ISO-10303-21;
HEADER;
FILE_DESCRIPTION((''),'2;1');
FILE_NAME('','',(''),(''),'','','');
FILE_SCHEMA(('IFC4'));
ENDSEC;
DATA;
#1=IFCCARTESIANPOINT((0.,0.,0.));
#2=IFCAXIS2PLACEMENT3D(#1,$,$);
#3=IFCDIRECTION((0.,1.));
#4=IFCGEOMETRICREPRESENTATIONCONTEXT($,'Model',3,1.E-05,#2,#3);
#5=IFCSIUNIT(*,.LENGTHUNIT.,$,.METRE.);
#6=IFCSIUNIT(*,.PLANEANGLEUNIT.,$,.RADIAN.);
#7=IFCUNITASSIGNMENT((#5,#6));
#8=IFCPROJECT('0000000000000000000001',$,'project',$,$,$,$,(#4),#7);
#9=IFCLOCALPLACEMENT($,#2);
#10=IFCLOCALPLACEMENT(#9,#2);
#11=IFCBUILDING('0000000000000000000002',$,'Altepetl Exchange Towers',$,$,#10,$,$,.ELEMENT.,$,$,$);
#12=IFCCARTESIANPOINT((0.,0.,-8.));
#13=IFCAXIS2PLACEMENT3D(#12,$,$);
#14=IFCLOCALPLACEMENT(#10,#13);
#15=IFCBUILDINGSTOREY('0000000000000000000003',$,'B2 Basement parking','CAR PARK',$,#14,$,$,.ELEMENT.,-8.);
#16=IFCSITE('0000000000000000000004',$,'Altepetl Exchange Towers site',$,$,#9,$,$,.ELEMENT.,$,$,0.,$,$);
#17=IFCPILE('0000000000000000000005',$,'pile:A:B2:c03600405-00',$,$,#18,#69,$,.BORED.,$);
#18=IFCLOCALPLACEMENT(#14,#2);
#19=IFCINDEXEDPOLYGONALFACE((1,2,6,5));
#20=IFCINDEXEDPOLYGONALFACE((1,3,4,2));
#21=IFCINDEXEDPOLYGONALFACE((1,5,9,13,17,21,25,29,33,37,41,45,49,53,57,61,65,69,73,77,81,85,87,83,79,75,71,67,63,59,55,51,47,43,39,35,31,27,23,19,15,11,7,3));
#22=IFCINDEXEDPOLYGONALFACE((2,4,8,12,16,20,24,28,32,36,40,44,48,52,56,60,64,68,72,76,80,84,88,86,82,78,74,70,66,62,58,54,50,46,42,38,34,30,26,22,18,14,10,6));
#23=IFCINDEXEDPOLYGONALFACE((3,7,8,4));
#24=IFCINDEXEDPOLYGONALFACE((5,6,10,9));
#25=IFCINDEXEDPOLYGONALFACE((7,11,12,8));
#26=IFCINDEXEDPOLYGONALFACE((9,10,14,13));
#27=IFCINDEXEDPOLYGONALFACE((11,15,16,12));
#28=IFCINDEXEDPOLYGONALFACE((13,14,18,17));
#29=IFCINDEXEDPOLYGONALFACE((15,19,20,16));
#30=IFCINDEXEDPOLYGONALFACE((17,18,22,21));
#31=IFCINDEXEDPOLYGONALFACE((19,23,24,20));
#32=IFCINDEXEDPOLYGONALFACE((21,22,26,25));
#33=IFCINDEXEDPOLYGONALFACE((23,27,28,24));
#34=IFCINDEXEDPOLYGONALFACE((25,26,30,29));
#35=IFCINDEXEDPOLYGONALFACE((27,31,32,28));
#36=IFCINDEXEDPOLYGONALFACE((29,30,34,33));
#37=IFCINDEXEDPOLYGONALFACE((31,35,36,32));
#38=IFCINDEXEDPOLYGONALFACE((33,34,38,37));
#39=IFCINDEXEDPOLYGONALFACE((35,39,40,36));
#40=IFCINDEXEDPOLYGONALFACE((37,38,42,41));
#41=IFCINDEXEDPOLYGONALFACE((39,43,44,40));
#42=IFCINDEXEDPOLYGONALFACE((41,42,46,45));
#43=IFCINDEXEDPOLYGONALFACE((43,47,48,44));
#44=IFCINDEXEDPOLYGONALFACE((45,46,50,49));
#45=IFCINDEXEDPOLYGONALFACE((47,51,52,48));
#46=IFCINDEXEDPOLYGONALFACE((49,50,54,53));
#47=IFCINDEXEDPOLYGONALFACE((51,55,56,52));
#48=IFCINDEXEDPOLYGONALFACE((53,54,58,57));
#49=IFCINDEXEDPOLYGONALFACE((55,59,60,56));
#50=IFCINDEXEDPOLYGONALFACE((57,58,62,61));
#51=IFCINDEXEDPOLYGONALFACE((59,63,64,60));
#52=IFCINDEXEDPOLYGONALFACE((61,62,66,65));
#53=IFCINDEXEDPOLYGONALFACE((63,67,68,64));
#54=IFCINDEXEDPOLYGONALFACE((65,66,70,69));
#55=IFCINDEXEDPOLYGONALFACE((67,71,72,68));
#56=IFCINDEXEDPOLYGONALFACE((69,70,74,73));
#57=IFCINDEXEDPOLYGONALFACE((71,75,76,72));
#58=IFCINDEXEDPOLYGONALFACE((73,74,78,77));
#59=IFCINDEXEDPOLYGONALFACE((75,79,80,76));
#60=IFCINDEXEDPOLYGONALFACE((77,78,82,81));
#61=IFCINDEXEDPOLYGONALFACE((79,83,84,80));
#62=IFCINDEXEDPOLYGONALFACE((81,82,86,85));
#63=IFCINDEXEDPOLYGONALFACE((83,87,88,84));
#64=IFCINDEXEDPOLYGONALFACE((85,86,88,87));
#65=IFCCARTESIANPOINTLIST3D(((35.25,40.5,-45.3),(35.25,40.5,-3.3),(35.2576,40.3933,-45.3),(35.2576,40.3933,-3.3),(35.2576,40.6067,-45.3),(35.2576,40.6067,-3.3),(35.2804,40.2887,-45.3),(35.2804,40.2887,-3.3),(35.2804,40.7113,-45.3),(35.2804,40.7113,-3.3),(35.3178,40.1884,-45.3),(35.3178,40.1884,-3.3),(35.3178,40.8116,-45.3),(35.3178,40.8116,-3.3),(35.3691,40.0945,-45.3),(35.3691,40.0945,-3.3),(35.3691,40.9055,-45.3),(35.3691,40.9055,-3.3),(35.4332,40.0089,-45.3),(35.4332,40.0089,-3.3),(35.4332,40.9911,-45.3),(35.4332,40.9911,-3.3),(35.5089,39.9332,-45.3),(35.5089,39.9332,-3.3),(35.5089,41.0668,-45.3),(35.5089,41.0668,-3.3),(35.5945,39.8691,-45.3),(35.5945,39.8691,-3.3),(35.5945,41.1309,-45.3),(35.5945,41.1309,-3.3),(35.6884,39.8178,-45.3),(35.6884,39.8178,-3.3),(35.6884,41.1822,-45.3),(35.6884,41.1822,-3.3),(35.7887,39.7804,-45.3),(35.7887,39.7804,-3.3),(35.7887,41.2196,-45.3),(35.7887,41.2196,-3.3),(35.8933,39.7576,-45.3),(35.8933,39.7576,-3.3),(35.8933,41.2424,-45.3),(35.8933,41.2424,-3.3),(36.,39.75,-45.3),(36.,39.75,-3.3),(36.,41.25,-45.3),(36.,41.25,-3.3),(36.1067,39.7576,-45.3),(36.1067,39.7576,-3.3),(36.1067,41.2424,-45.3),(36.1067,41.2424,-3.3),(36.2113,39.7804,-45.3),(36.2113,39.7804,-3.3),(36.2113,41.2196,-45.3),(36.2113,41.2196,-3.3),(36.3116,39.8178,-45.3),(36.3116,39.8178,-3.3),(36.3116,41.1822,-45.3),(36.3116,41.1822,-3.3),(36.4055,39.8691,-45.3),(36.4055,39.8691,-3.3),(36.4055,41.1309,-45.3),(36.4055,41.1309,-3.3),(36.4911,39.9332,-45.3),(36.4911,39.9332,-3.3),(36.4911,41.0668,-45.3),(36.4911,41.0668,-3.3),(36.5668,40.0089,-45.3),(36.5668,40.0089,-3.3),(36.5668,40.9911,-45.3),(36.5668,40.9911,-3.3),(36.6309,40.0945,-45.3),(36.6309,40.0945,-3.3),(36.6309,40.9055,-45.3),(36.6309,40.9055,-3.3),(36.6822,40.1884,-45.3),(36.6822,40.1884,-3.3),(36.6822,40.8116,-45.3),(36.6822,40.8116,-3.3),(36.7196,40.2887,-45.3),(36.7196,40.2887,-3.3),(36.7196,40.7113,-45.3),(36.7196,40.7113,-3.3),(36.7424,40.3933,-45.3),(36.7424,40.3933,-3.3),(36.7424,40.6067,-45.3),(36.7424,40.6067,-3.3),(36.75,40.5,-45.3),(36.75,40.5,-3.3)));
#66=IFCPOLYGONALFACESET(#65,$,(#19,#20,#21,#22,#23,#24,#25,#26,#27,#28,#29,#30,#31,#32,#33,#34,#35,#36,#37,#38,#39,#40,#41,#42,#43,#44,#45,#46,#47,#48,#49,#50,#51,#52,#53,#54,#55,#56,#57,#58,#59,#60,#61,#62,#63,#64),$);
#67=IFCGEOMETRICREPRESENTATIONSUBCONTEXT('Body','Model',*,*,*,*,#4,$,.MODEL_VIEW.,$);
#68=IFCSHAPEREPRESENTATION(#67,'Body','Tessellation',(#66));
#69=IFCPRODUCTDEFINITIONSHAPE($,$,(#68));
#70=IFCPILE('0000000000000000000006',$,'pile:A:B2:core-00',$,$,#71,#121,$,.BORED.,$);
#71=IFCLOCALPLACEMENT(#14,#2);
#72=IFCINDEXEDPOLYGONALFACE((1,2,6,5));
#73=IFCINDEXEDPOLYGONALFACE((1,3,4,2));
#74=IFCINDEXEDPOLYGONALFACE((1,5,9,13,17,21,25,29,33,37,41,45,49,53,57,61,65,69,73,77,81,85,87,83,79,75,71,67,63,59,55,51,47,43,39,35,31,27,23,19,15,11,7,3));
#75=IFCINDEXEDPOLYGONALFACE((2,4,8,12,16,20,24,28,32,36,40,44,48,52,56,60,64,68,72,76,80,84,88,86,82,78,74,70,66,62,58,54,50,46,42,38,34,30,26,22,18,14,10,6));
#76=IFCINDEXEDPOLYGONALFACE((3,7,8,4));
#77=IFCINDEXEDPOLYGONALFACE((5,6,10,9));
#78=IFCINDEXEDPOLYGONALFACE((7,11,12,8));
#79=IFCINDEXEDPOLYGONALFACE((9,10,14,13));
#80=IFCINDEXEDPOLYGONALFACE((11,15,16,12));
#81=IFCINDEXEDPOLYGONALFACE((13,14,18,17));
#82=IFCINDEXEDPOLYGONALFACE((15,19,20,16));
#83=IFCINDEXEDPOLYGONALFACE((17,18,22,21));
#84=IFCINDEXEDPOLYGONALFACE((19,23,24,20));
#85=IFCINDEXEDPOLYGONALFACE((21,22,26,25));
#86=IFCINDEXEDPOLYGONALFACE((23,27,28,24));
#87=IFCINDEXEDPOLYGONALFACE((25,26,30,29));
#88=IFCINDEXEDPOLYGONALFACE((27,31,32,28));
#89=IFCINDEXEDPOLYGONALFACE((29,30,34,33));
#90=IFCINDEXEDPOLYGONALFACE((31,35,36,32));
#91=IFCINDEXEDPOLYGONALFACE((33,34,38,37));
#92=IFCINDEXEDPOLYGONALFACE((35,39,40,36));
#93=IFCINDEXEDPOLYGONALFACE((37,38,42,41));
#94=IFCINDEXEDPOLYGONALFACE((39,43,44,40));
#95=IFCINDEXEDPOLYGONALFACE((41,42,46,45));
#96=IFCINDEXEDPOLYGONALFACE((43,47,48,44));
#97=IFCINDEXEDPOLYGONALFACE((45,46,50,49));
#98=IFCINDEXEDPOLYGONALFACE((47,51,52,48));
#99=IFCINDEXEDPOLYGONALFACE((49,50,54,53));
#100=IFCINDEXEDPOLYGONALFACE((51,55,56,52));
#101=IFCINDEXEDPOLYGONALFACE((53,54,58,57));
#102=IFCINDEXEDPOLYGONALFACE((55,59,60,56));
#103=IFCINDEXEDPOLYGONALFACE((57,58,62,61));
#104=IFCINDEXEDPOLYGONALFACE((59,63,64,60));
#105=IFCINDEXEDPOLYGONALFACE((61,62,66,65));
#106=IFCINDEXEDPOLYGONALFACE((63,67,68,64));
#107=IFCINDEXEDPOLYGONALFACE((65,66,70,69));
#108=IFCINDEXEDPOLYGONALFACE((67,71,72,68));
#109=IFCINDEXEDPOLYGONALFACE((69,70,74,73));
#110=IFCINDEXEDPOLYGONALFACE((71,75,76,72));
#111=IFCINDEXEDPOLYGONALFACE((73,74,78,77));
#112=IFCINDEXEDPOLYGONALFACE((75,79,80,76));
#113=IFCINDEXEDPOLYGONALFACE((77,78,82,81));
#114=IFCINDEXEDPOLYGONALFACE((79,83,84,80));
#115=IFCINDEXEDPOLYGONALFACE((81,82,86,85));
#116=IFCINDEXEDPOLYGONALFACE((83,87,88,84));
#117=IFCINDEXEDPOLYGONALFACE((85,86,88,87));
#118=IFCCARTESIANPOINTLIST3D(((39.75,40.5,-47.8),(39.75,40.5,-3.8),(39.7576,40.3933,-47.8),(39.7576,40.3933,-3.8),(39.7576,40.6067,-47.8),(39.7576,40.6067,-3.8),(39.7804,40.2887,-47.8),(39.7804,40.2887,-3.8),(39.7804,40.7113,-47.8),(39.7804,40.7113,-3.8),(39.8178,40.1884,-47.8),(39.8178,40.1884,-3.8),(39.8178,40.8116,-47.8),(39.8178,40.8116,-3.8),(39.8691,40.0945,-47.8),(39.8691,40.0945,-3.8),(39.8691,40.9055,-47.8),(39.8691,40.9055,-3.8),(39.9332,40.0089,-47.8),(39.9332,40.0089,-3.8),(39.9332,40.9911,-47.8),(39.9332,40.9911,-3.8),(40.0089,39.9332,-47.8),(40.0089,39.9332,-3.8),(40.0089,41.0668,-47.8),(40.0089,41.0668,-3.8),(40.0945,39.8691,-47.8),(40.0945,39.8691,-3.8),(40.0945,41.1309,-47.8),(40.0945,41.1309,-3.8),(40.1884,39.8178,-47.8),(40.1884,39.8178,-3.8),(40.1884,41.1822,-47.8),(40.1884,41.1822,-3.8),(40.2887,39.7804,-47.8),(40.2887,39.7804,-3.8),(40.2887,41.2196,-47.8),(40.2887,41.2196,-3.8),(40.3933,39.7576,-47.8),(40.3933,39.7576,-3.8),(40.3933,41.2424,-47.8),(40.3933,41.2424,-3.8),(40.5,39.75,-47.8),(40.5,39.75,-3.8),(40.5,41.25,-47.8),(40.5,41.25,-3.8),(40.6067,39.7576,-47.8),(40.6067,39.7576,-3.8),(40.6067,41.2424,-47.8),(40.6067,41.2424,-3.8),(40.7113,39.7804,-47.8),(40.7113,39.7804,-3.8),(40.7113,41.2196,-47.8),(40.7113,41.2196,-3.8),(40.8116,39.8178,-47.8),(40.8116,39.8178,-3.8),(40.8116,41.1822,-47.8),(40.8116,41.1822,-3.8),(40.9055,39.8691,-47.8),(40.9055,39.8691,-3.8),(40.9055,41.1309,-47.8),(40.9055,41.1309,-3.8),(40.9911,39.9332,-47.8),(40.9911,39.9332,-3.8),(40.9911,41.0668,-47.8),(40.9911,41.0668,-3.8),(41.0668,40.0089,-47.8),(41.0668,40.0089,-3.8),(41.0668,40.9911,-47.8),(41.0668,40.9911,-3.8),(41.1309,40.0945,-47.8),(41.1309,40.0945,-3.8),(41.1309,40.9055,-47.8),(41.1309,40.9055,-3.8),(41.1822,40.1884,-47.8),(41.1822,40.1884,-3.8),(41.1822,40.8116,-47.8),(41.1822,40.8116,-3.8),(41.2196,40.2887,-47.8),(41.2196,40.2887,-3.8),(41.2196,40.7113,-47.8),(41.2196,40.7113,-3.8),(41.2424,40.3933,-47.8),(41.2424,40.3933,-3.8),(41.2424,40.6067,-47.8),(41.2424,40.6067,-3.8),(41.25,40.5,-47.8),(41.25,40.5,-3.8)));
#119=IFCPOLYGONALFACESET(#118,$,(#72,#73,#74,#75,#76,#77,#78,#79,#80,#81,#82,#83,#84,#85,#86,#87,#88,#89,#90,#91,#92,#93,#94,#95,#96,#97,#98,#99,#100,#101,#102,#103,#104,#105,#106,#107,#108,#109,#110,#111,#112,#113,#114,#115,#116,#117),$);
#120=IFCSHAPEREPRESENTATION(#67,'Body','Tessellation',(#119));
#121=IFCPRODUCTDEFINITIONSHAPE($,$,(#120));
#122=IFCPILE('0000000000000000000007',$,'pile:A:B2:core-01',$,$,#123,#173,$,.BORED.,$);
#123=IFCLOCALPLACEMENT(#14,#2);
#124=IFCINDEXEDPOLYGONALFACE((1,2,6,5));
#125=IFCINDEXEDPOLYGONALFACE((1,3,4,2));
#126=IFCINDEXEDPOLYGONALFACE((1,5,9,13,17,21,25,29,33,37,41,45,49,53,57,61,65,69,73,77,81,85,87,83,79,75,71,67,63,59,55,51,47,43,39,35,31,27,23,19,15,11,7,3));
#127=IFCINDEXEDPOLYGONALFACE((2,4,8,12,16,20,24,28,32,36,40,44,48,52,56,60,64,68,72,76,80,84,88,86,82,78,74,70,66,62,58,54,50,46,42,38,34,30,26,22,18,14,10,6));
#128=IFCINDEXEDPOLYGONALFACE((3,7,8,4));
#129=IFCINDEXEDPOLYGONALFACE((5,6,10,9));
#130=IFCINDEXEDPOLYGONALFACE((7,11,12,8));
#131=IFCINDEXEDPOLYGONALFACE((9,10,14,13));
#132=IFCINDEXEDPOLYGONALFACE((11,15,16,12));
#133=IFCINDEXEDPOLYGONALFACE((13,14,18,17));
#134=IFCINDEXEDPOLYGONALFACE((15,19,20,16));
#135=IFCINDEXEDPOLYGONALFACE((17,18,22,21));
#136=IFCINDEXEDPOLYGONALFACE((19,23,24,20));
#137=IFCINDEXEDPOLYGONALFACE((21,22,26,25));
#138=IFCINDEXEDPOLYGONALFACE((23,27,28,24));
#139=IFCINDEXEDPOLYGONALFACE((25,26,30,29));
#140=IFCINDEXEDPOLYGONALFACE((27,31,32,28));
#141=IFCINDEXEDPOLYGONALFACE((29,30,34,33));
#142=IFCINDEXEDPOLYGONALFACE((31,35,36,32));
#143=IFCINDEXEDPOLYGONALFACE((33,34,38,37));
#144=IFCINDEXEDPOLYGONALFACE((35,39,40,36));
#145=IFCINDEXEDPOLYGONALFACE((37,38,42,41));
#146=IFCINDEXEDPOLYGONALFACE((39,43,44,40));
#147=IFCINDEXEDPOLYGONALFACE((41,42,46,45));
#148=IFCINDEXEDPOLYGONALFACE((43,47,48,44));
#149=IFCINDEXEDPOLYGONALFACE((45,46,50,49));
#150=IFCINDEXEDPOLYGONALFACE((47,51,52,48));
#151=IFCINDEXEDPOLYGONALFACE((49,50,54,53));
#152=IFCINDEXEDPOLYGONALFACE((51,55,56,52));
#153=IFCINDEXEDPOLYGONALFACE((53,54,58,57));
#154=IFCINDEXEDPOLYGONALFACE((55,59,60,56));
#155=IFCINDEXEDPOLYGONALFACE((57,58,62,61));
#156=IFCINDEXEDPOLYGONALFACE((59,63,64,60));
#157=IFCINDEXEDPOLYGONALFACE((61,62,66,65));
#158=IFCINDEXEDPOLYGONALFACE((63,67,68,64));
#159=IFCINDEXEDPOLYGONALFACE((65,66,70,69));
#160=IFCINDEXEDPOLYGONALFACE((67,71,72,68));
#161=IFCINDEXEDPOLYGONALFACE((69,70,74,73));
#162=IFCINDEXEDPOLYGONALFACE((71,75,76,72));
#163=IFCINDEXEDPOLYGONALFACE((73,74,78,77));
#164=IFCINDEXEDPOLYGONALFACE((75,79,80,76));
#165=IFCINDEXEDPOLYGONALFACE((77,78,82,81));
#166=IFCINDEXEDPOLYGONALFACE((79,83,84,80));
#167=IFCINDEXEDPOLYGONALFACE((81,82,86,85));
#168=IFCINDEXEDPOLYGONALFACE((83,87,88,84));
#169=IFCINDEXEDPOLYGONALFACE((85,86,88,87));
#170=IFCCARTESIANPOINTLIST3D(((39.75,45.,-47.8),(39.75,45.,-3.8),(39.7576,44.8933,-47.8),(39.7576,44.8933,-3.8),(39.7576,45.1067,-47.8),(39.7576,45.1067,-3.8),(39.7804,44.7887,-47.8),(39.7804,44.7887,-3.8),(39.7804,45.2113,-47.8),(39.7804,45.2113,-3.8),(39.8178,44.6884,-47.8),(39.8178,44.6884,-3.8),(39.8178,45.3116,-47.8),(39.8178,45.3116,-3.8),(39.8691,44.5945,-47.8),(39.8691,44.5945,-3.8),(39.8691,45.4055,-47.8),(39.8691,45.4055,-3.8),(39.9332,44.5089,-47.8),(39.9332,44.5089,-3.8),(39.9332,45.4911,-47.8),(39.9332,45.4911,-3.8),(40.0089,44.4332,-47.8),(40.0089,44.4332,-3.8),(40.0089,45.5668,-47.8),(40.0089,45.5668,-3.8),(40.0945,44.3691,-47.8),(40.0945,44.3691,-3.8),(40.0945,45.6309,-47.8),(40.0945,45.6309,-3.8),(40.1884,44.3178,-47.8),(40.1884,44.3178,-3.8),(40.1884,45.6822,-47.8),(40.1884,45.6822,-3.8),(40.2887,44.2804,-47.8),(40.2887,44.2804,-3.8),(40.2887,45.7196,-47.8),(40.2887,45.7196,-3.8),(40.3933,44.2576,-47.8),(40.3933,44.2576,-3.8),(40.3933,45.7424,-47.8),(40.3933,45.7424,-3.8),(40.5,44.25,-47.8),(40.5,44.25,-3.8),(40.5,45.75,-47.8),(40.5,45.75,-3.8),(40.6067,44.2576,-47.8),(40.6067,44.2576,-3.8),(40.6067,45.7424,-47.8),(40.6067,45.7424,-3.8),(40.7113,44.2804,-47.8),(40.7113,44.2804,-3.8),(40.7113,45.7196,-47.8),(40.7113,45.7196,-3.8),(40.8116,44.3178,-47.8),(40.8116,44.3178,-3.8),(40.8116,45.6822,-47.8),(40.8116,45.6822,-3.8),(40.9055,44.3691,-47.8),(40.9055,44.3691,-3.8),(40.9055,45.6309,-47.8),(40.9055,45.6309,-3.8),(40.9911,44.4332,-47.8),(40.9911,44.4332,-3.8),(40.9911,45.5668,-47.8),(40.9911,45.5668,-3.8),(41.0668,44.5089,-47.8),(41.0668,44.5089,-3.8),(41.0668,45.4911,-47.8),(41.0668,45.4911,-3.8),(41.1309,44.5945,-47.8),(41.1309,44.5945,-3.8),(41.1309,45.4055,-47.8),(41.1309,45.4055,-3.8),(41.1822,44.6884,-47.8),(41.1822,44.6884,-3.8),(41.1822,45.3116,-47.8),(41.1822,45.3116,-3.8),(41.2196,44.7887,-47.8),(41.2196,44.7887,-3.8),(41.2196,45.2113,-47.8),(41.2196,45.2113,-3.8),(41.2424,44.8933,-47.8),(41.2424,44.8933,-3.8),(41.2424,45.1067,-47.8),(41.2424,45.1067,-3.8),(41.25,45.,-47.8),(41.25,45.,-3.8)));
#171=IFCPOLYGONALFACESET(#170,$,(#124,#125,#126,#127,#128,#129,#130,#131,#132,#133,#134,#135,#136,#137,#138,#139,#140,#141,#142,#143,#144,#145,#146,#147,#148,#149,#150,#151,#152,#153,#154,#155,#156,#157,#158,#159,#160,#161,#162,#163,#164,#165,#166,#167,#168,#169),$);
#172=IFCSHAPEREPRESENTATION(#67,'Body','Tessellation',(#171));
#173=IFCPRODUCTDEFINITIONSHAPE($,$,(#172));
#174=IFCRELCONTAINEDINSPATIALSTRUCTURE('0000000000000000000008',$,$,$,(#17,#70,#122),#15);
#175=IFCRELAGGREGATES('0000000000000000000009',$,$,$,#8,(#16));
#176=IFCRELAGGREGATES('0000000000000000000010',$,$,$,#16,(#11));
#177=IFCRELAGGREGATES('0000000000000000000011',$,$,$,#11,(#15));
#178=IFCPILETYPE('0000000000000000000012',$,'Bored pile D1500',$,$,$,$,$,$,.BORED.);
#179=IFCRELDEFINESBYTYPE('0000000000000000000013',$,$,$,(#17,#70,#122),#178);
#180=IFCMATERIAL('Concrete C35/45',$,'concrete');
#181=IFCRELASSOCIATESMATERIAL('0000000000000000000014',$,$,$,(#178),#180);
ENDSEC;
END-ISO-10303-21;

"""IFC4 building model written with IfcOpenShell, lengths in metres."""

from ifc_helpers import new_model, si_unit, direction, frame, origin, origin_2d, place, context, subcontext, project, spatial, circle, extrude, material, material_profile, profile_set, type_object, element, save


model = new_model("IFC4")

# Units and contexts
model_context = context("Model", 3, precision=1e-05, world=origin(), true_north=direction((0.0, 1.0)))
body_context = subcontext(model_context, "Body", "Model", "MODEL_VIEW")
ifc_project = project(units=[si_unit("LENGTHUNIT", "METRE"), si_unit("PLANEANGLEUNIT", "RADIAN")], contexts=[model_context])

# Site, building, storey
site_placement = place(None, origin())
site = spatial("IfcSite", under=ifc_project, at=site_placement, Name="Altepetl Exchange Towers site", CompositionType="ELEMENT", RefElevation=0.0)
building_placement = place(site_placement, origin())
building = spatial("IfcBuilding", under=site, at=building_placement, Name="Altepetl Exchange Towers", CompositionType="ELEMENT")
storey_placement = place(building_placement, frame((0.0, 0.0, -8.0)))
storey = spatial("IfcBuildingStorey", under=building, at=storey_placement, Name="B2 Basement parking", Description="CAR PARK", CompositionType="ELEMENT", Elevation=-8.0)

# Piles
ifc_material_1 = material(Name="Concrete C35/45", Category="concrete")
ifc_material_profile = material_profile(ifc_material_1, circle(Radius=0.75, at=origin_2d()), Name="D1500")
ifc_profile_set = profile_set([ifc_material_profile], Name="Concrete C35/45")
pile_type = type_object("IfcPileType", Name="Bored pile D1500", PredefinedType="BORED", material=ifc_profile_set)
pile_placement = place(storey_placement, frame((36.0, 40.5, -3.3), z_axis=(0.0, 0.0, -1.0), x_axis=(1.0, 0.0, 0.0)))
element("IfcPile", 1, at=pile_placement, inside=storey, type_object=pile_type, Name="pile:A:B2:c03600405-00", PredefinedType="BORED", context=body_context, shape_type="SweptSolid", body=[
    extrude(circle(Radius=0.75, at=origin_2d()), origin(), (0.0, 0.0, 1.0), 42.0),
])
for number, where, z_axis, x_axis, name in (
    (2, (40.5, 40.5, -3.8), (0.0, 0.0, -1.0), (1.0, 0.0, 0.0), "pile:A:B2:core-00"),
    (3, (40.5, 45.0, -3.8), (0.0, 0.0, -1.0), (1.0, 0.0, 0.0), "pile:A:B2:core-01"),
):
    element("IfcPile", number, at=place(storey_placement, frame(where, z_axis=z_axis, x_axis=x_axis)), inside=storey, type_object=pile_type, Name=name, PredefinedType="BORED", context=body_context, shape_type="SweptSolid", body=[
        extrude(circle(Radius=0.75, at=origin_2d()), origin(), (0.0, 0.0, 1.0), 44.0),
    ])

save(model, "model.ifc")
